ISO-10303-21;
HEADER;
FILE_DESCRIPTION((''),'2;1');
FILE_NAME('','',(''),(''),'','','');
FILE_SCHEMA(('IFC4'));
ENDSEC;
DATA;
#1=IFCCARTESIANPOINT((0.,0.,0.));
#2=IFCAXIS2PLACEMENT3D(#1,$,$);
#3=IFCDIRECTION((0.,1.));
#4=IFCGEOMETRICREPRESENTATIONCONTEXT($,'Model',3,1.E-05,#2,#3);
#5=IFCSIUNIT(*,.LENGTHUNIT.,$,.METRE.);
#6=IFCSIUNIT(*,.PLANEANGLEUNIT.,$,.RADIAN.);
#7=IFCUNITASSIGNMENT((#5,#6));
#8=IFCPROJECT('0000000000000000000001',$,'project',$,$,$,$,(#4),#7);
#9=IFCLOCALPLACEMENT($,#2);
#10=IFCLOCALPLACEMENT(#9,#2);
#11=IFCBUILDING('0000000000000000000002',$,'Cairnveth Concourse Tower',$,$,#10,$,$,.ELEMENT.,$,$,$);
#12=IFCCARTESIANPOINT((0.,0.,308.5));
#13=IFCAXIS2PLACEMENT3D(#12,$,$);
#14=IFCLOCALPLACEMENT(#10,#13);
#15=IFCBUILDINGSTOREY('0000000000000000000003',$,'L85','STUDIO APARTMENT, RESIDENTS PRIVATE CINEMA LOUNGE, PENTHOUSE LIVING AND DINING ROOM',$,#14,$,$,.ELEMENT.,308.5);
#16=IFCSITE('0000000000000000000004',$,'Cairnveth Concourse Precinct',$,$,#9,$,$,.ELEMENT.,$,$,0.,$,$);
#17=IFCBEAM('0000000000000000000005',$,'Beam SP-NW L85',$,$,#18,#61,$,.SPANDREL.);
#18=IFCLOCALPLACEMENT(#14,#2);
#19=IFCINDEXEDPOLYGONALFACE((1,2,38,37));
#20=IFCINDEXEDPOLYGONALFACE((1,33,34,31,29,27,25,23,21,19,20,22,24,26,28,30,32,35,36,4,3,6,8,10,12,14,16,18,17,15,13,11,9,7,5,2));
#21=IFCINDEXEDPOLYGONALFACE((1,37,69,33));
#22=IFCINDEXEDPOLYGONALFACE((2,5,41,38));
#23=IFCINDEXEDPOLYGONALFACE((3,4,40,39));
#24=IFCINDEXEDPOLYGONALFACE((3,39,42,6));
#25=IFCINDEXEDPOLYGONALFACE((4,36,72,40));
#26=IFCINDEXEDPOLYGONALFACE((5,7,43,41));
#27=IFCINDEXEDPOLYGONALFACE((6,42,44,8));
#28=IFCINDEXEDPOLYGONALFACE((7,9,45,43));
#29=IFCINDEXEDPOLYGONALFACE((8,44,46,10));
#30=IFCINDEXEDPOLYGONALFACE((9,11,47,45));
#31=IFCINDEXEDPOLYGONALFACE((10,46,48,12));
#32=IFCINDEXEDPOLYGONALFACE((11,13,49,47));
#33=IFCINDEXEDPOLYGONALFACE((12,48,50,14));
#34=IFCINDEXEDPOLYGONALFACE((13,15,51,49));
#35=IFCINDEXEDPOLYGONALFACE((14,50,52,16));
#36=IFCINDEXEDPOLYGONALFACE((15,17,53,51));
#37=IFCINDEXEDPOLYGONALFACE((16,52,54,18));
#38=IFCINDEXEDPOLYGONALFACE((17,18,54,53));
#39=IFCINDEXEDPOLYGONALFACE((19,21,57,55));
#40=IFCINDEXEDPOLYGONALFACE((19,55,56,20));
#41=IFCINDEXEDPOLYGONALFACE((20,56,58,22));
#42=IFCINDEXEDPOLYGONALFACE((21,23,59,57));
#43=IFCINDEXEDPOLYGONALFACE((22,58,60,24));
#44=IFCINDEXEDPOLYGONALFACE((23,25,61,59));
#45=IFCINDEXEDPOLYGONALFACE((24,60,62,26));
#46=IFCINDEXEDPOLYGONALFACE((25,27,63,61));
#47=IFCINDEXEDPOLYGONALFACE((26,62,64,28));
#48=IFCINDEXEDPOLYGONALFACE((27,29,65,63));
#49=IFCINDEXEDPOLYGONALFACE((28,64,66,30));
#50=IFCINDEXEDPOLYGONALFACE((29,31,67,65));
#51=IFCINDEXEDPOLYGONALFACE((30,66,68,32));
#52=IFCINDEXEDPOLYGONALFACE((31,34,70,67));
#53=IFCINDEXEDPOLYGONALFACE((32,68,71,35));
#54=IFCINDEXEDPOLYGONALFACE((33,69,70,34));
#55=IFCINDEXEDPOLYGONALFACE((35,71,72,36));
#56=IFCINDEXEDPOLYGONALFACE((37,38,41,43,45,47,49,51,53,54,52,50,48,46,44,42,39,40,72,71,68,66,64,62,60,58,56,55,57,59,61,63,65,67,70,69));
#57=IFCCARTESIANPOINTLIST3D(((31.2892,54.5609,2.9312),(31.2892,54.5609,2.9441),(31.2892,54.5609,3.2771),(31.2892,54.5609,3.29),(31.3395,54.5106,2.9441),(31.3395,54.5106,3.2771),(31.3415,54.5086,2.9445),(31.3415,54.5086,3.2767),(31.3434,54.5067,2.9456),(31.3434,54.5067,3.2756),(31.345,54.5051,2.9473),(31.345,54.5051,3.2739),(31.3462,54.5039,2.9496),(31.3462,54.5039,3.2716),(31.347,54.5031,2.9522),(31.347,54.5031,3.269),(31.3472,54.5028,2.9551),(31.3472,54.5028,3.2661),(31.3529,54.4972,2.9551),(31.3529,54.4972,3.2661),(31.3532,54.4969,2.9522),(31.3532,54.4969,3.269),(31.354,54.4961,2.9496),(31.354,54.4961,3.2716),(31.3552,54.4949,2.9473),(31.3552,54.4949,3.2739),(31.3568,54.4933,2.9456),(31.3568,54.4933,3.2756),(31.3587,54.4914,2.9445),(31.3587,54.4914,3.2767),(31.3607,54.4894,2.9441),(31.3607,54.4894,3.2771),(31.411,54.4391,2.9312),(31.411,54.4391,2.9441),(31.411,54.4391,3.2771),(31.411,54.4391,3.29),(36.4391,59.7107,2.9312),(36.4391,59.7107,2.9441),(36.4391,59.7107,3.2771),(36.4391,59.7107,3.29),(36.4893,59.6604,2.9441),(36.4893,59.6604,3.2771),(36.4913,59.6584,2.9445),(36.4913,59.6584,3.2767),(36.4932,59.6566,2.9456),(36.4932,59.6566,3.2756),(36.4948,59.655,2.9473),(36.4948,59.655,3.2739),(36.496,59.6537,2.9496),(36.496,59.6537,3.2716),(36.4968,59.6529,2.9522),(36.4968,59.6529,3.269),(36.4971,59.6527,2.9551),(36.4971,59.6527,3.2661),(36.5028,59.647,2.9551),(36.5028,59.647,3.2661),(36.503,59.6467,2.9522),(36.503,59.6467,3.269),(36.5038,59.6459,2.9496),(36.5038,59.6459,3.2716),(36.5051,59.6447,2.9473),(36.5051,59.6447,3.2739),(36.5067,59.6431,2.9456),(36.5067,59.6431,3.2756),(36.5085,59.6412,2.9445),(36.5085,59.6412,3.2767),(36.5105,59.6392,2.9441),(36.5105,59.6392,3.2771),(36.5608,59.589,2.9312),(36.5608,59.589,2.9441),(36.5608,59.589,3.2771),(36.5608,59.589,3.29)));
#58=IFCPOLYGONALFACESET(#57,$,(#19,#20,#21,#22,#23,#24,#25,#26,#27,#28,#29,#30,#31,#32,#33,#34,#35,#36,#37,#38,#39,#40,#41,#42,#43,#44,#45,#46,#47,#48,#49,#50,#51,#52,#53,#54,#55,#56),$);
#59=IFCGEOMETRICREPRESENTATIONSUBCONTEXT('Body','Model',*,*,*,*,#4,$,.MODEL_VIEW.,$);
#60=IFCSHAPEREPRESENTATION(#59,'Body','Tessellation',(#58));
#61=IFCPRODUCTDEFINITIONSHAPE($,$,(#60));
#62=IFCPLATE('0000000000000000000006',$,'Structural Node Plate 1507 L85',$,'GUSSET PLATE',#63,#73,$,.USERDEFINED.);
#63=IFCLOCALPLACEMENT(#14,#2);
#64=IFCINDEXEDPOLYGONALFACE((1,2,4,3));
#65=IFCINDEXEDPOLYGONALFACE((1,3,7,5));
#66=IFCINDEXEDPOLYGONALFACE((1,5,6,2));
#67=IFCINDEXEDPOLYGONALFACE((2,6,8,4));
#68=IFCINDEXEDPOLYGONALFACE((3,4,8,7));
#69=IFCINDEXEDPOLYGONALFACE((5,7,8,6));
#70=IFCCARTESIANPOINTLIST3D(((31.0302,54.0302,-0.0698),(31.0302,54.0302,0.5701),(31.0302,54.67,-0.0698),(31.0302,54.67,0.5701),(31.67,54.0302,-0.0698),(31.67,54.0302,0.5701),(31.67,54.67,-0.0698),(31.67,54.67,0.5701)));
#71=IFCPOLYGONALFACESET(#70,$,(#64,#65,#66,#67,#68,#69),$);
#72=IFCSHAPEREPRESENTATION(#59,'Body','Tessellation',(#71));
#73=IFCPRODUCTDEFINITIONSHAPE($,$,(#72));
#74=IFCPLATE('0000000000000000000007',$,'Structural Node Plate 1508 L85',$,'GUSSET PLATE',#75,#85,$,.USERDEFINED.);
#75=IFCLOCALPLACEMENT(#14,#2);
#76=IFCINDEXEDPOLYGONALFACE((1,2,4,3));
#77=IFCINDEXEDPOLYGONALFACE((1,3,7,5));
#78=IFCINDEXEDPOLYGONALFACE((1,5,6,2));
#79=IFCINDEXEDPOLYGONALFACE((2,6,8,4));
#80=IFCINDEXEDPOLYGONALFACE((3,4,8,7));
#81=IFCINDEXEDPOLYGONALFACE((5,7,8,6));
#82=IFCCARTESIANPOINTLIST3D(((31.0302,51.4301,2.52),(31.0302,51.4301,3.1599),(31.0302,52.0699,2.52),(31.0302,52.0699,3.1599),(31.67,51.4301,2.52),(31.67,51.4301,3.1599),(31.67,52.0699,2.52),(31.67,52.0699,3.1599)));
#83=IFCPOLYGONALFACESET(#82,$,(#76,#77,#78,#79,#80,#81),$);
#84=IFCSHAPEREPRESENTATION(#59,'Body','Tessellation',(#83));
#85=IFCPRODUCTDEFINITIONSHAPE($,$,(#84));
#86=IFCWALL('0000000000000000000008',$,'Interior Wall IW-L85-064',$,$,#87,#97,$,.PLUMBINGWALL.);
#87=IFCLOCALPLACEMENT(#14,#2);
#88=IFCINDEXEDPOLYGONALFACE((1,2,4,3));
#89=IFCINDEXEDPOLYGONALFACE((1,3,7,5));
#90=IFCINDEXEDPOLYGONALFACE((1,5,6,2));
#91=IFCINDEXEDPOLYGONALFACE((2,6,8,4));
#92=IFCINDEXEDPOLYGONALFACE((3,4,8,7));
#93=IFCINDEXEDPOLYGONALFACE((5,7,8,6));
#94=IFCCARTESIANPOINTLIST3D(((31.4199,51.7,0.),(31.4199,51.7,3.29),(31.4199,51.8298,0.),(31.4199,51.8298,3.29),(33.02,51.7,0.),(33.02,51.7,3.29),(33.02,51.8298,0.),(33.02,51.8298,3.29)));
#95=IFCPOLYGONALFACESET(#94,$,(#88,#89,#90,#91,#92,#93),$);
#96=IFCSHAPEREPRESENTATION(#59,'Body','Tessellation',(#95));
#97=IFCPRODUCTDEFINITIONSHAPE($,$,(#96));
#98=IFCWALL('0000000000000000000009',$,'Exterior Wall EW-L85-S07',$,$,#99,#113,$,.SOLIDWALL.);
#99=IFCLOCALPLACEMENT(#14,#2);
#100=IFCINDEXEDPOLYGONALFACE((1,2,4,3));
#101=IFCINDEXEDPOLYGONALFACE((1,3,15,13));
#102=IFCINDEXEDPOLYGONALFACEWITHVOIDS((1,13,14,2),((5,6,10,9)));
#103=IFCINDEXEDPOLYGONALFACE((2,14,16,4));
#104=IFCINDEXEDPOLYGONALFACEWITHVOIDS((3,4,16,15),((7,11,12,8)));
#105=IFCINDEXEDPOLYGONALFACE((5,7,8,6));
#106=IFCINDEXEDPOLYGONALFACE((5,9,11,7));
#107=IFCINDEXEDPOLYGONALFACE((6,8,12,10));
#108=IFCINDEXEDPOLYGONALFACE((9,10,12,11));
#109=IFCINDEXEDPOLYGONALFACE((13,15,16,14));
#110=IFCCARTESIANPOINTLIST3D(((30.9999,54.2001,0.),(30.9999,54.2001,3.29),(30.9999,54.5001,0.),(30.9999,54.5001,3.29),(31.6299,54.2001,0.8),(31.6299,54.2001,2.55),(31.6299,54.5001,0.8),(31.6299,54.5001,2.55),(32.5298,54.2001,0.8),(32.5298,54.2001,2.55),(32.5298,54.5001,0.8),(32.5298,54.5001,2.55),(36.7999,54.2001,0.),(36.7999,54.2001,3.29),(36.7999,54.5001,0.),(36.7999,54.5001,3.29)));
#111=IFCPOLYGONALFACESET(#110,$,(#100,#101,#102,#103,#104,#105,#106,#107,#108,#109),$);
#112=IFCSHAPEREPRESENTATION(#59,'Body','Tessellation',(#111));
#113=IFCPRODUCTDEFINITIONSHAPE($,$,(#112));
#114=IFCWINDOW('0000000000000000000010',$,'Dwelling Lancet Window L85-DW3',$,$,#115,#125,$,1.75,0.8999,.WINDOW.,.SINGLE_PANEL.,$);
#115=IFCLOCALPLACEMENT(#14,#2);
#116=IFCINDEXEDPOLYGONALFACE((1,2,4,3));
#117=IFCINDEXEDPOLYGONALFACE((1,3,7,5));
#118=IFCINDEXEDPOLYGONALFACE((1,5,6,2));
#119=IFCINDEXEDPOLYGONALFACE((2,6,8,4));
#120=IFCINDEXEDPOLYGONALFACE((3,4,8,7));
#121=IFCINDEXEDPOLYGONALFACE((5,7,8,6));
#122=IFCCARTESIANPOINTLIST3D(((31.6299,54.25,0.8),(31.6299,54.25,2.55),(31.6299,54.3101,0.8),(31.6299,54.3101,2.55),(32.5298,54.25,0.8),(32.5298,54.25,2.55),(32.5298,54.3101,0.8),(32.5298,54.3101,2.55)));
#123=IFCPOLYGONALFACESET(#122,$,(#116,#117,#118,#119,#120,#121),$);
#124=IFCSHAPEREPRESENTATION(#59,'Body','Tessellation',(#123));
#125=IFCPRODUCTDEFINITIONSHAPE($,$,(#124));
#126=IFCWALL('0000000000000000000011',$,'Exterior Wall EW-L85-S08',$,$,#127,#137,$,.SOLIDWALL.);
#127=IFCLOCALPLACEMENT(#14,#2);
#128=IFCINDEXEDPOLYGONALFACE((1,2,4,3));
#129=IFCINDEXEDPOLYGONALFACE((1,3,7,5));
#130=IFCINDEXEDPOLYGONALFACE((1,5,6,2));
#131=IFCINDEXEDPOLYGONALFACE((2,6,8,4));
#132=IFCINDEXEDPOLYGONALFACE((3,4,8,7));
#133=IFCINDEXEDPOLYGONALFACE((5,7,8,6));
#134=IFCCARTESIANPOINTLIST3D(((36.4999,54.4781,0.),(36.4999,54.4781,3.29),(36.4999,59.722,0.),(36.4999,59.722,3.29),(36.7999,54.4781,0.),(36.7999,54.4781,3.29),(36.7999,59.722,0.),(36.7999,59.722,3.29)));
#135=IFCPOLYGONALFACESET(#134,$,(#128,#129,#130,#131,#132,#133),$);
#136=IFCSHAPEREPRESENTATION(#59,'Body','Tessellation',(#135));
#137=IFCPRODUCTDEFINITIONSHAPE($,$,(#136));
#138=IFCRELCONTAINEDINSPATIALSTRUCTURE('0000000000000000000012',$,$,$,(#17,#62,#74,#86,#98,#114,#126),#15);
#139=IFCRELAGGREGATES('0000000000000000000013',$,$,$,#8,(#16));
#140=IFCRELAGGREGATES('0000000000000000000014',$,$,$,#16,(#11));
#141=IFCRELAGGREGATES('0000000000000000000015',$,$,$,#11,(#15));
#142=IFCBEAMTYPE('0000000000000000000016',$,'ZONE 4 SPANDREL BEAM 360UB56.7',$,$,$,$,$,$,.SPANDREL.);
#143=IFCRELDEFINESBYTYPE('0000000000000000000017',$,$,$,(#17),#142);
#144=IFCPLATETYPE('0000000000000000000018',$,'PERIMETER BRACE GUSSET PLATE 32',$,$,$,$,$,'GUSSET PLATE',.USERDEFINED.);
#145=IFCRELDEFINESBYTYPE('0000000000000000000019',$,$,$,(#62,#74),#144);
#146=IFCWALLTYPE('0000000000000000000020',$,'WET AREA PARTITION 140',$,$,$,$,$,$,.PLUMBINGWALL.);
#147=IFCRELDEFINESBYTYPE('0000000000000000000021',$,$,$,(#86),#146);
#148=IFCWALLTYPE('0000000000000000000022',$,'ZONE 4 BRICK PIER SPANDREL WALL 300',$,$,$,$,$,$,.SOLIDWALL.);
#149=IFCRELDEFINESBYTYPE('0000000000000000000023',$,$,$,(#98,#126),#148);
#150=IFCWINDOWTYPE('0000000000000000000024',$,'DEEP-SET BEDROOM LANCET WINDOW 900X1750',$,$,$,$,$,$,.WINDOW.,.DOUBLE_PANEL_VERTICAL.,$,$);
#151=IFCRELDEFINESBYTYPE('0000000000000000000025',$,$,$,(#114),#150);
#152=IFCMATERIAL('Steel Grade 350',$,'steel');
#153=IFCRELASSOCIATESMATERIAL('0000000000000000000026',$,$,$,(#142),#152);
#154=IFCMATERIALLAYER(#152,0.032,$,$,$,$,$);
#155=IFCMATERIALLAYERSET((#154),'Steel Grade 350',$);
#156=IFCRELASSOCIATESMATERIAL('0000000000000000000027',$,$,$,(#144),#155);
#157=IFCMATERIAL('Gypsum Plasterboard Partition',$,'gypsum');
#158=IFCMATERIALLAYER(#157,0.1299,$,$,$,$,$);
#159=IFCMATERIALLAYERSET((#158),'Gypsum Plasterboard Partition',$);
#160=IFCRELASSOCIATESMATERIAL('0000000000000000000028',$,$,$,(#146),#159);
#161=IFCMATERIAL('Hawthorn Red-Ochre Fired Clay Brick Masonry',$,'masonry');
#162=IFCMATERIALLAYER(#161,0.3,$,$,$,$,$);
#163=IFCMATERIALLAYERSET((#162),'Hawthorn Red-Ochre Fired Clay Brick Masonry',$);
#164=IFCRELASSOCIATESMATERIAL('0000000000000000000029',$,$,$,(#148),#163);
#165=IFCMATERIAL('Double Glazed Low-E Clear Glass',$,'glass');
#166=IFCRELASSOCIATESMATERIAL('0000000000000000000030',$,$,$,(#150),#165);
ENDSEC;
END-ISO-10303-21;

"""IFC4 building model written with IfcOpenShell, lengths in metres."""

from ifc_helpers import new_model, si_unit, direction, frame, frame_2d, origin, origin_2d, place, context, subcontext, project, spatial, rectangle, i_section, extrude, material, layer, layer_set, material_profile, profile_set, type_object, element, fill, save


model = new_model("IFC4")

# Units and contexts
model_context = context("Model", 3, precision=1e-05, world=origin(), true_north=direction((0.0, 1.0)))
body_context = subcontext(model_context, "Body", "Model", "MODEL_VIEW")
ifc_project = project(units=[si_unit("LENGTHUNIT", "METRE"), si_unit("PLANEANGLEUNIT", "RADIAN")], contexts=[model_context])

# Site, building, storey
site_placement = place(None, origin())
site = spatial("IfcSite", under=ifc_project, at=site_placement, Name="Cairnveth Concourse Precinct", CompositionType="ELEMENT", RefElevation=0.0)
building_placement = place(site_placement, origin())
building = spatial("IfcBuilding", under=site, at=building_placement, Name="Cairnveth Concourse Tower", CompositionType="ELEMENT")
storey_placement = place(building_placement, frame((0.0, 0.0, 308.5)))
storey = spatial("IfcBuildingStorey", under=building, at=storey_placement, Name="L85", Description="STUDIO APARTMENT, RESIDENTS PRIVATE CINEMA LOUNGE, PENTHOUSE LIVING AND DINING ROOM", CompositionType="ELEMENT", Elevation=308.5)

# Shared definitions
ifc_material_1 = material(Name="Steel Grade 350", Category="steel")

# Beam
ifc_material_profile_1 = material_profile(ifc_material_1, i_section(OverallWidth=0.1721, OverallDepth=0.3589, WebThickness=0.0081, FlangeThickness=0.0129, FilletRadius=0.011, at=origin_2d()), Name="360UB56.7")
ifc_profile_set_1 = profile_set([ifc_material_profile_1], Name="Steel Grade 350")
beam_type_1 = type_object("IfcBeamType", Name="ZONE 4 SPANDREL BEAM 360UB56.7", PredefinedType="SPANDREL", material=ifc_profile_set_1)
beam_1_placement = place(storey_placement, frame((31.3501, 54.5, 3.1106), z_axis=(0.707107, 0.707107, 0.0), x_axis=(-0.707107, 0.707107, 0.0)))
element("IfcBeam", 1, at=beam_1_placement, inside=storey, type_object=beam_type_1, Name="Beam SP-NW L85", PredefinedType="SPANDREL", context=body_context, shape_type="SweptSolid", body=[
    extrude(i_section(OverallWidth=0.1721, OverallDepth=0.3589, WebThickness=0.0081, FlangeThickness=0.0129, FilletRadius=0.011, at=origin_2d()), origin(), (0.0, 0.0, 1.0), 7.283),
])

# Plates
ifc_layer_1 = layer(ifc_material_1, 0.032)
ifc_layer_set_1 = layer_set([ifc_layer_1], Name="Steel Grade 350")
plate_type = type_object("IfcPlateType", Name="PERIMETER BRACE GUSSET PLATE 32", ElementType="GUSSET PLATE", PredefinedType="USERDEFINED", material=ifc_layer_set_1)
for number, where, z_axis, x_axis, name in (
    (2, (31.3501, 54.3501, -0.0698), (0.0, 0.0, 1.0), (1.0, 0.0, 0.0), "Structural Node Plate 1507 L85"),
    (3, (31.3501, 51.75, 2.52), (0.0, 0.0, 1.0), (1.0, 0.0, 0.0), "Structural Node Plate 1508 L85"),
):
    element("IfcPlate", number, at=place(storey_placement, frame(where, z_axis=z_axis, x_axis=x_axis)), inside=storey, type_object=plate_type, Name=name, ObjectType="GUSSET PLATE", PredefinedType="USERDEFINED", context=body_context, shape_type="SweptSolid", body=[
        extrude(rectangle(XDim=0.6399, YDim=0.6399, at=origin_2d()), origin(), (0.0, 0.0, 1.0), 0.6399),
    ])

# Wall
ifc_material_2 = material(Name="Gypsum Plasterboard Partition", Category="gypsum")
ifc_layer_2 = layer(ifc_material_2, 0.1299)
ifc_layer_set_2 = layer_set([ifc_layer_2], Name="Gypsum Plasterboard Partition")
wall_type_1 = type_object("IfcWallType", Name="WET AREA PARTITION 140", PredefinedType="PLUMBINGWALL", material=ifc_layer_set_2)
wall_1_placement = place(storey_placement, frame((31.4199, 51.7649, 0.0), z_axis=(0.0, 0.0, 1.0), x_axis=(1.0, 0.0, 0.0)))
element("IfcWall", 4, at=wall_1_placement, inside=storey, type_object=wall_type_1, Name="Interior Wall IW-L85-064", PredefinedType="PLUMBINGWALL", context=body_context, shape_type="SweptSolid", body=[
    extrude(rectangle(XDim=1.6001, YDim=0.1299, at=frame_2d((0.8, 0.0))), origin(), (0.0, 0.0, 1.0), 3.29),
])

# Wall, opening, window
ifc_material_3 = material(Name="Hawthorn Red-Ochre Fired Clay Brick Masonry", Category="masonry")
ifc_layer_3 = layer(ifc_material_3, 0.3)
ifc_layer_set_3 = layer_set([ifc_layer_3], Name="Hawthorn Red-Ochre Fired Clay Brick Masonry")
wall_type_2 = type_object("IfcWallType", Name="ZONE 4 BRICK PIER SPANDREL WALL 300", PredefinedType="SOLIDWALL", material=ifc_layer_set_3)
wall_2_placement = place(storey_placement, frame((31.0, 54.3501, 0.0), z_axis=(0.0, 0.0, 1.0), x_axis=(1.0, 0.0, 0.0)))
wall_2 = element("IfcWall", 5, at=wall_2_placement, inside=storey, type_object=wall_type_2, Name="Exterior Wall EW-L85-S07", PredefinedType="SOLIDWALL", context=body_context, shape_type="SweptSolid", body=[
    extrude(rectangle(XDim=5.8, YDim=0.3, at=frame_2d((2.8999, 0.0))), origin(), (0.0, 0.0, 1.0), 3.29),
])
opening_1_placement = place(wall_2_placement, frame((0.6299, 0.0, 0.8)))
opening_1 = element("IfcOpeningElement", 6, at=opening_1_placement, cuts=wall_2, PredefinedType="OPENING", context=body_context, shape_type="SweptSolid", body=[
    extrude(rectangle(XDim=0.8999, YDim=1.75, at=frame_2d((0.45, 0.875))), frame((0.0, 0.1599, 0.0), z_axis=(0.0, -1.0, 0.0), x_axis=(1.0, 0.0, 0.0)), (0.0, 0.0, 1.0), 0.3201),
])
ifc_material_4 = material(Name="Double Glazed Low-E Clear Glass", Category="glass")
window_type_1 = type_object("IfcWindowType", Name="DEEP-SET BEDROOM LANCET WINDOW 900X1750", PartitioningType="DOUBLE_PANEL_VERTICAL", PredefinedType="WINDOW", material=ifc_material_4)
window_1_placement = place(opening_1_placement, origin())
window_1 = element("IfcWindow", 7, at=window_1_placement, inside=storey, type_object=window_type_1, Name="Dwelling Lancet Window L85-DW3", OverallHeight=1.75, OverallWidth=0.8999, PartitioningType="SINGLE_PANEL", PredefinedType="WINDOW", context=body_context, shape_type="SweptSolid", body=[
    extrude(rectangle(XDim=0.8999, YDim=1.75, at=frame_2d((0.45, 0.875))), frame((0.0, -0.04, 0.0), z_axis=(0.0, -1.0, 0.0), x_axis=(1.0, 0.0, 0.0)), (0.0, 0.0, 1.0), 0.0601),
])
fill(opening_1, window_1)

# Wall
wall_3_placement = place(storey_placement, frame((36.6499, 54.478, 0.0), z_axis=(0.0, 0.0, 1.0), x_axis=(0.0, 1.0, 0.0)))
element("IfcWall", 8, at=wall_3_placement, inside=storey, type_object=wall_type_2, Name="Exterior Wall EW-L85-S08", PredefinedType="SOLIDWALL", context=body_context, shape_type="SweptSolid", body=[
    extrude(rectangle(XDim=5.2439, YDim=0.3, at=frame_2d((2.6221, 0.0))), origin(), (0.0, 0.0, 1.0), 3.29),
])

save(model, "model.ifc")
